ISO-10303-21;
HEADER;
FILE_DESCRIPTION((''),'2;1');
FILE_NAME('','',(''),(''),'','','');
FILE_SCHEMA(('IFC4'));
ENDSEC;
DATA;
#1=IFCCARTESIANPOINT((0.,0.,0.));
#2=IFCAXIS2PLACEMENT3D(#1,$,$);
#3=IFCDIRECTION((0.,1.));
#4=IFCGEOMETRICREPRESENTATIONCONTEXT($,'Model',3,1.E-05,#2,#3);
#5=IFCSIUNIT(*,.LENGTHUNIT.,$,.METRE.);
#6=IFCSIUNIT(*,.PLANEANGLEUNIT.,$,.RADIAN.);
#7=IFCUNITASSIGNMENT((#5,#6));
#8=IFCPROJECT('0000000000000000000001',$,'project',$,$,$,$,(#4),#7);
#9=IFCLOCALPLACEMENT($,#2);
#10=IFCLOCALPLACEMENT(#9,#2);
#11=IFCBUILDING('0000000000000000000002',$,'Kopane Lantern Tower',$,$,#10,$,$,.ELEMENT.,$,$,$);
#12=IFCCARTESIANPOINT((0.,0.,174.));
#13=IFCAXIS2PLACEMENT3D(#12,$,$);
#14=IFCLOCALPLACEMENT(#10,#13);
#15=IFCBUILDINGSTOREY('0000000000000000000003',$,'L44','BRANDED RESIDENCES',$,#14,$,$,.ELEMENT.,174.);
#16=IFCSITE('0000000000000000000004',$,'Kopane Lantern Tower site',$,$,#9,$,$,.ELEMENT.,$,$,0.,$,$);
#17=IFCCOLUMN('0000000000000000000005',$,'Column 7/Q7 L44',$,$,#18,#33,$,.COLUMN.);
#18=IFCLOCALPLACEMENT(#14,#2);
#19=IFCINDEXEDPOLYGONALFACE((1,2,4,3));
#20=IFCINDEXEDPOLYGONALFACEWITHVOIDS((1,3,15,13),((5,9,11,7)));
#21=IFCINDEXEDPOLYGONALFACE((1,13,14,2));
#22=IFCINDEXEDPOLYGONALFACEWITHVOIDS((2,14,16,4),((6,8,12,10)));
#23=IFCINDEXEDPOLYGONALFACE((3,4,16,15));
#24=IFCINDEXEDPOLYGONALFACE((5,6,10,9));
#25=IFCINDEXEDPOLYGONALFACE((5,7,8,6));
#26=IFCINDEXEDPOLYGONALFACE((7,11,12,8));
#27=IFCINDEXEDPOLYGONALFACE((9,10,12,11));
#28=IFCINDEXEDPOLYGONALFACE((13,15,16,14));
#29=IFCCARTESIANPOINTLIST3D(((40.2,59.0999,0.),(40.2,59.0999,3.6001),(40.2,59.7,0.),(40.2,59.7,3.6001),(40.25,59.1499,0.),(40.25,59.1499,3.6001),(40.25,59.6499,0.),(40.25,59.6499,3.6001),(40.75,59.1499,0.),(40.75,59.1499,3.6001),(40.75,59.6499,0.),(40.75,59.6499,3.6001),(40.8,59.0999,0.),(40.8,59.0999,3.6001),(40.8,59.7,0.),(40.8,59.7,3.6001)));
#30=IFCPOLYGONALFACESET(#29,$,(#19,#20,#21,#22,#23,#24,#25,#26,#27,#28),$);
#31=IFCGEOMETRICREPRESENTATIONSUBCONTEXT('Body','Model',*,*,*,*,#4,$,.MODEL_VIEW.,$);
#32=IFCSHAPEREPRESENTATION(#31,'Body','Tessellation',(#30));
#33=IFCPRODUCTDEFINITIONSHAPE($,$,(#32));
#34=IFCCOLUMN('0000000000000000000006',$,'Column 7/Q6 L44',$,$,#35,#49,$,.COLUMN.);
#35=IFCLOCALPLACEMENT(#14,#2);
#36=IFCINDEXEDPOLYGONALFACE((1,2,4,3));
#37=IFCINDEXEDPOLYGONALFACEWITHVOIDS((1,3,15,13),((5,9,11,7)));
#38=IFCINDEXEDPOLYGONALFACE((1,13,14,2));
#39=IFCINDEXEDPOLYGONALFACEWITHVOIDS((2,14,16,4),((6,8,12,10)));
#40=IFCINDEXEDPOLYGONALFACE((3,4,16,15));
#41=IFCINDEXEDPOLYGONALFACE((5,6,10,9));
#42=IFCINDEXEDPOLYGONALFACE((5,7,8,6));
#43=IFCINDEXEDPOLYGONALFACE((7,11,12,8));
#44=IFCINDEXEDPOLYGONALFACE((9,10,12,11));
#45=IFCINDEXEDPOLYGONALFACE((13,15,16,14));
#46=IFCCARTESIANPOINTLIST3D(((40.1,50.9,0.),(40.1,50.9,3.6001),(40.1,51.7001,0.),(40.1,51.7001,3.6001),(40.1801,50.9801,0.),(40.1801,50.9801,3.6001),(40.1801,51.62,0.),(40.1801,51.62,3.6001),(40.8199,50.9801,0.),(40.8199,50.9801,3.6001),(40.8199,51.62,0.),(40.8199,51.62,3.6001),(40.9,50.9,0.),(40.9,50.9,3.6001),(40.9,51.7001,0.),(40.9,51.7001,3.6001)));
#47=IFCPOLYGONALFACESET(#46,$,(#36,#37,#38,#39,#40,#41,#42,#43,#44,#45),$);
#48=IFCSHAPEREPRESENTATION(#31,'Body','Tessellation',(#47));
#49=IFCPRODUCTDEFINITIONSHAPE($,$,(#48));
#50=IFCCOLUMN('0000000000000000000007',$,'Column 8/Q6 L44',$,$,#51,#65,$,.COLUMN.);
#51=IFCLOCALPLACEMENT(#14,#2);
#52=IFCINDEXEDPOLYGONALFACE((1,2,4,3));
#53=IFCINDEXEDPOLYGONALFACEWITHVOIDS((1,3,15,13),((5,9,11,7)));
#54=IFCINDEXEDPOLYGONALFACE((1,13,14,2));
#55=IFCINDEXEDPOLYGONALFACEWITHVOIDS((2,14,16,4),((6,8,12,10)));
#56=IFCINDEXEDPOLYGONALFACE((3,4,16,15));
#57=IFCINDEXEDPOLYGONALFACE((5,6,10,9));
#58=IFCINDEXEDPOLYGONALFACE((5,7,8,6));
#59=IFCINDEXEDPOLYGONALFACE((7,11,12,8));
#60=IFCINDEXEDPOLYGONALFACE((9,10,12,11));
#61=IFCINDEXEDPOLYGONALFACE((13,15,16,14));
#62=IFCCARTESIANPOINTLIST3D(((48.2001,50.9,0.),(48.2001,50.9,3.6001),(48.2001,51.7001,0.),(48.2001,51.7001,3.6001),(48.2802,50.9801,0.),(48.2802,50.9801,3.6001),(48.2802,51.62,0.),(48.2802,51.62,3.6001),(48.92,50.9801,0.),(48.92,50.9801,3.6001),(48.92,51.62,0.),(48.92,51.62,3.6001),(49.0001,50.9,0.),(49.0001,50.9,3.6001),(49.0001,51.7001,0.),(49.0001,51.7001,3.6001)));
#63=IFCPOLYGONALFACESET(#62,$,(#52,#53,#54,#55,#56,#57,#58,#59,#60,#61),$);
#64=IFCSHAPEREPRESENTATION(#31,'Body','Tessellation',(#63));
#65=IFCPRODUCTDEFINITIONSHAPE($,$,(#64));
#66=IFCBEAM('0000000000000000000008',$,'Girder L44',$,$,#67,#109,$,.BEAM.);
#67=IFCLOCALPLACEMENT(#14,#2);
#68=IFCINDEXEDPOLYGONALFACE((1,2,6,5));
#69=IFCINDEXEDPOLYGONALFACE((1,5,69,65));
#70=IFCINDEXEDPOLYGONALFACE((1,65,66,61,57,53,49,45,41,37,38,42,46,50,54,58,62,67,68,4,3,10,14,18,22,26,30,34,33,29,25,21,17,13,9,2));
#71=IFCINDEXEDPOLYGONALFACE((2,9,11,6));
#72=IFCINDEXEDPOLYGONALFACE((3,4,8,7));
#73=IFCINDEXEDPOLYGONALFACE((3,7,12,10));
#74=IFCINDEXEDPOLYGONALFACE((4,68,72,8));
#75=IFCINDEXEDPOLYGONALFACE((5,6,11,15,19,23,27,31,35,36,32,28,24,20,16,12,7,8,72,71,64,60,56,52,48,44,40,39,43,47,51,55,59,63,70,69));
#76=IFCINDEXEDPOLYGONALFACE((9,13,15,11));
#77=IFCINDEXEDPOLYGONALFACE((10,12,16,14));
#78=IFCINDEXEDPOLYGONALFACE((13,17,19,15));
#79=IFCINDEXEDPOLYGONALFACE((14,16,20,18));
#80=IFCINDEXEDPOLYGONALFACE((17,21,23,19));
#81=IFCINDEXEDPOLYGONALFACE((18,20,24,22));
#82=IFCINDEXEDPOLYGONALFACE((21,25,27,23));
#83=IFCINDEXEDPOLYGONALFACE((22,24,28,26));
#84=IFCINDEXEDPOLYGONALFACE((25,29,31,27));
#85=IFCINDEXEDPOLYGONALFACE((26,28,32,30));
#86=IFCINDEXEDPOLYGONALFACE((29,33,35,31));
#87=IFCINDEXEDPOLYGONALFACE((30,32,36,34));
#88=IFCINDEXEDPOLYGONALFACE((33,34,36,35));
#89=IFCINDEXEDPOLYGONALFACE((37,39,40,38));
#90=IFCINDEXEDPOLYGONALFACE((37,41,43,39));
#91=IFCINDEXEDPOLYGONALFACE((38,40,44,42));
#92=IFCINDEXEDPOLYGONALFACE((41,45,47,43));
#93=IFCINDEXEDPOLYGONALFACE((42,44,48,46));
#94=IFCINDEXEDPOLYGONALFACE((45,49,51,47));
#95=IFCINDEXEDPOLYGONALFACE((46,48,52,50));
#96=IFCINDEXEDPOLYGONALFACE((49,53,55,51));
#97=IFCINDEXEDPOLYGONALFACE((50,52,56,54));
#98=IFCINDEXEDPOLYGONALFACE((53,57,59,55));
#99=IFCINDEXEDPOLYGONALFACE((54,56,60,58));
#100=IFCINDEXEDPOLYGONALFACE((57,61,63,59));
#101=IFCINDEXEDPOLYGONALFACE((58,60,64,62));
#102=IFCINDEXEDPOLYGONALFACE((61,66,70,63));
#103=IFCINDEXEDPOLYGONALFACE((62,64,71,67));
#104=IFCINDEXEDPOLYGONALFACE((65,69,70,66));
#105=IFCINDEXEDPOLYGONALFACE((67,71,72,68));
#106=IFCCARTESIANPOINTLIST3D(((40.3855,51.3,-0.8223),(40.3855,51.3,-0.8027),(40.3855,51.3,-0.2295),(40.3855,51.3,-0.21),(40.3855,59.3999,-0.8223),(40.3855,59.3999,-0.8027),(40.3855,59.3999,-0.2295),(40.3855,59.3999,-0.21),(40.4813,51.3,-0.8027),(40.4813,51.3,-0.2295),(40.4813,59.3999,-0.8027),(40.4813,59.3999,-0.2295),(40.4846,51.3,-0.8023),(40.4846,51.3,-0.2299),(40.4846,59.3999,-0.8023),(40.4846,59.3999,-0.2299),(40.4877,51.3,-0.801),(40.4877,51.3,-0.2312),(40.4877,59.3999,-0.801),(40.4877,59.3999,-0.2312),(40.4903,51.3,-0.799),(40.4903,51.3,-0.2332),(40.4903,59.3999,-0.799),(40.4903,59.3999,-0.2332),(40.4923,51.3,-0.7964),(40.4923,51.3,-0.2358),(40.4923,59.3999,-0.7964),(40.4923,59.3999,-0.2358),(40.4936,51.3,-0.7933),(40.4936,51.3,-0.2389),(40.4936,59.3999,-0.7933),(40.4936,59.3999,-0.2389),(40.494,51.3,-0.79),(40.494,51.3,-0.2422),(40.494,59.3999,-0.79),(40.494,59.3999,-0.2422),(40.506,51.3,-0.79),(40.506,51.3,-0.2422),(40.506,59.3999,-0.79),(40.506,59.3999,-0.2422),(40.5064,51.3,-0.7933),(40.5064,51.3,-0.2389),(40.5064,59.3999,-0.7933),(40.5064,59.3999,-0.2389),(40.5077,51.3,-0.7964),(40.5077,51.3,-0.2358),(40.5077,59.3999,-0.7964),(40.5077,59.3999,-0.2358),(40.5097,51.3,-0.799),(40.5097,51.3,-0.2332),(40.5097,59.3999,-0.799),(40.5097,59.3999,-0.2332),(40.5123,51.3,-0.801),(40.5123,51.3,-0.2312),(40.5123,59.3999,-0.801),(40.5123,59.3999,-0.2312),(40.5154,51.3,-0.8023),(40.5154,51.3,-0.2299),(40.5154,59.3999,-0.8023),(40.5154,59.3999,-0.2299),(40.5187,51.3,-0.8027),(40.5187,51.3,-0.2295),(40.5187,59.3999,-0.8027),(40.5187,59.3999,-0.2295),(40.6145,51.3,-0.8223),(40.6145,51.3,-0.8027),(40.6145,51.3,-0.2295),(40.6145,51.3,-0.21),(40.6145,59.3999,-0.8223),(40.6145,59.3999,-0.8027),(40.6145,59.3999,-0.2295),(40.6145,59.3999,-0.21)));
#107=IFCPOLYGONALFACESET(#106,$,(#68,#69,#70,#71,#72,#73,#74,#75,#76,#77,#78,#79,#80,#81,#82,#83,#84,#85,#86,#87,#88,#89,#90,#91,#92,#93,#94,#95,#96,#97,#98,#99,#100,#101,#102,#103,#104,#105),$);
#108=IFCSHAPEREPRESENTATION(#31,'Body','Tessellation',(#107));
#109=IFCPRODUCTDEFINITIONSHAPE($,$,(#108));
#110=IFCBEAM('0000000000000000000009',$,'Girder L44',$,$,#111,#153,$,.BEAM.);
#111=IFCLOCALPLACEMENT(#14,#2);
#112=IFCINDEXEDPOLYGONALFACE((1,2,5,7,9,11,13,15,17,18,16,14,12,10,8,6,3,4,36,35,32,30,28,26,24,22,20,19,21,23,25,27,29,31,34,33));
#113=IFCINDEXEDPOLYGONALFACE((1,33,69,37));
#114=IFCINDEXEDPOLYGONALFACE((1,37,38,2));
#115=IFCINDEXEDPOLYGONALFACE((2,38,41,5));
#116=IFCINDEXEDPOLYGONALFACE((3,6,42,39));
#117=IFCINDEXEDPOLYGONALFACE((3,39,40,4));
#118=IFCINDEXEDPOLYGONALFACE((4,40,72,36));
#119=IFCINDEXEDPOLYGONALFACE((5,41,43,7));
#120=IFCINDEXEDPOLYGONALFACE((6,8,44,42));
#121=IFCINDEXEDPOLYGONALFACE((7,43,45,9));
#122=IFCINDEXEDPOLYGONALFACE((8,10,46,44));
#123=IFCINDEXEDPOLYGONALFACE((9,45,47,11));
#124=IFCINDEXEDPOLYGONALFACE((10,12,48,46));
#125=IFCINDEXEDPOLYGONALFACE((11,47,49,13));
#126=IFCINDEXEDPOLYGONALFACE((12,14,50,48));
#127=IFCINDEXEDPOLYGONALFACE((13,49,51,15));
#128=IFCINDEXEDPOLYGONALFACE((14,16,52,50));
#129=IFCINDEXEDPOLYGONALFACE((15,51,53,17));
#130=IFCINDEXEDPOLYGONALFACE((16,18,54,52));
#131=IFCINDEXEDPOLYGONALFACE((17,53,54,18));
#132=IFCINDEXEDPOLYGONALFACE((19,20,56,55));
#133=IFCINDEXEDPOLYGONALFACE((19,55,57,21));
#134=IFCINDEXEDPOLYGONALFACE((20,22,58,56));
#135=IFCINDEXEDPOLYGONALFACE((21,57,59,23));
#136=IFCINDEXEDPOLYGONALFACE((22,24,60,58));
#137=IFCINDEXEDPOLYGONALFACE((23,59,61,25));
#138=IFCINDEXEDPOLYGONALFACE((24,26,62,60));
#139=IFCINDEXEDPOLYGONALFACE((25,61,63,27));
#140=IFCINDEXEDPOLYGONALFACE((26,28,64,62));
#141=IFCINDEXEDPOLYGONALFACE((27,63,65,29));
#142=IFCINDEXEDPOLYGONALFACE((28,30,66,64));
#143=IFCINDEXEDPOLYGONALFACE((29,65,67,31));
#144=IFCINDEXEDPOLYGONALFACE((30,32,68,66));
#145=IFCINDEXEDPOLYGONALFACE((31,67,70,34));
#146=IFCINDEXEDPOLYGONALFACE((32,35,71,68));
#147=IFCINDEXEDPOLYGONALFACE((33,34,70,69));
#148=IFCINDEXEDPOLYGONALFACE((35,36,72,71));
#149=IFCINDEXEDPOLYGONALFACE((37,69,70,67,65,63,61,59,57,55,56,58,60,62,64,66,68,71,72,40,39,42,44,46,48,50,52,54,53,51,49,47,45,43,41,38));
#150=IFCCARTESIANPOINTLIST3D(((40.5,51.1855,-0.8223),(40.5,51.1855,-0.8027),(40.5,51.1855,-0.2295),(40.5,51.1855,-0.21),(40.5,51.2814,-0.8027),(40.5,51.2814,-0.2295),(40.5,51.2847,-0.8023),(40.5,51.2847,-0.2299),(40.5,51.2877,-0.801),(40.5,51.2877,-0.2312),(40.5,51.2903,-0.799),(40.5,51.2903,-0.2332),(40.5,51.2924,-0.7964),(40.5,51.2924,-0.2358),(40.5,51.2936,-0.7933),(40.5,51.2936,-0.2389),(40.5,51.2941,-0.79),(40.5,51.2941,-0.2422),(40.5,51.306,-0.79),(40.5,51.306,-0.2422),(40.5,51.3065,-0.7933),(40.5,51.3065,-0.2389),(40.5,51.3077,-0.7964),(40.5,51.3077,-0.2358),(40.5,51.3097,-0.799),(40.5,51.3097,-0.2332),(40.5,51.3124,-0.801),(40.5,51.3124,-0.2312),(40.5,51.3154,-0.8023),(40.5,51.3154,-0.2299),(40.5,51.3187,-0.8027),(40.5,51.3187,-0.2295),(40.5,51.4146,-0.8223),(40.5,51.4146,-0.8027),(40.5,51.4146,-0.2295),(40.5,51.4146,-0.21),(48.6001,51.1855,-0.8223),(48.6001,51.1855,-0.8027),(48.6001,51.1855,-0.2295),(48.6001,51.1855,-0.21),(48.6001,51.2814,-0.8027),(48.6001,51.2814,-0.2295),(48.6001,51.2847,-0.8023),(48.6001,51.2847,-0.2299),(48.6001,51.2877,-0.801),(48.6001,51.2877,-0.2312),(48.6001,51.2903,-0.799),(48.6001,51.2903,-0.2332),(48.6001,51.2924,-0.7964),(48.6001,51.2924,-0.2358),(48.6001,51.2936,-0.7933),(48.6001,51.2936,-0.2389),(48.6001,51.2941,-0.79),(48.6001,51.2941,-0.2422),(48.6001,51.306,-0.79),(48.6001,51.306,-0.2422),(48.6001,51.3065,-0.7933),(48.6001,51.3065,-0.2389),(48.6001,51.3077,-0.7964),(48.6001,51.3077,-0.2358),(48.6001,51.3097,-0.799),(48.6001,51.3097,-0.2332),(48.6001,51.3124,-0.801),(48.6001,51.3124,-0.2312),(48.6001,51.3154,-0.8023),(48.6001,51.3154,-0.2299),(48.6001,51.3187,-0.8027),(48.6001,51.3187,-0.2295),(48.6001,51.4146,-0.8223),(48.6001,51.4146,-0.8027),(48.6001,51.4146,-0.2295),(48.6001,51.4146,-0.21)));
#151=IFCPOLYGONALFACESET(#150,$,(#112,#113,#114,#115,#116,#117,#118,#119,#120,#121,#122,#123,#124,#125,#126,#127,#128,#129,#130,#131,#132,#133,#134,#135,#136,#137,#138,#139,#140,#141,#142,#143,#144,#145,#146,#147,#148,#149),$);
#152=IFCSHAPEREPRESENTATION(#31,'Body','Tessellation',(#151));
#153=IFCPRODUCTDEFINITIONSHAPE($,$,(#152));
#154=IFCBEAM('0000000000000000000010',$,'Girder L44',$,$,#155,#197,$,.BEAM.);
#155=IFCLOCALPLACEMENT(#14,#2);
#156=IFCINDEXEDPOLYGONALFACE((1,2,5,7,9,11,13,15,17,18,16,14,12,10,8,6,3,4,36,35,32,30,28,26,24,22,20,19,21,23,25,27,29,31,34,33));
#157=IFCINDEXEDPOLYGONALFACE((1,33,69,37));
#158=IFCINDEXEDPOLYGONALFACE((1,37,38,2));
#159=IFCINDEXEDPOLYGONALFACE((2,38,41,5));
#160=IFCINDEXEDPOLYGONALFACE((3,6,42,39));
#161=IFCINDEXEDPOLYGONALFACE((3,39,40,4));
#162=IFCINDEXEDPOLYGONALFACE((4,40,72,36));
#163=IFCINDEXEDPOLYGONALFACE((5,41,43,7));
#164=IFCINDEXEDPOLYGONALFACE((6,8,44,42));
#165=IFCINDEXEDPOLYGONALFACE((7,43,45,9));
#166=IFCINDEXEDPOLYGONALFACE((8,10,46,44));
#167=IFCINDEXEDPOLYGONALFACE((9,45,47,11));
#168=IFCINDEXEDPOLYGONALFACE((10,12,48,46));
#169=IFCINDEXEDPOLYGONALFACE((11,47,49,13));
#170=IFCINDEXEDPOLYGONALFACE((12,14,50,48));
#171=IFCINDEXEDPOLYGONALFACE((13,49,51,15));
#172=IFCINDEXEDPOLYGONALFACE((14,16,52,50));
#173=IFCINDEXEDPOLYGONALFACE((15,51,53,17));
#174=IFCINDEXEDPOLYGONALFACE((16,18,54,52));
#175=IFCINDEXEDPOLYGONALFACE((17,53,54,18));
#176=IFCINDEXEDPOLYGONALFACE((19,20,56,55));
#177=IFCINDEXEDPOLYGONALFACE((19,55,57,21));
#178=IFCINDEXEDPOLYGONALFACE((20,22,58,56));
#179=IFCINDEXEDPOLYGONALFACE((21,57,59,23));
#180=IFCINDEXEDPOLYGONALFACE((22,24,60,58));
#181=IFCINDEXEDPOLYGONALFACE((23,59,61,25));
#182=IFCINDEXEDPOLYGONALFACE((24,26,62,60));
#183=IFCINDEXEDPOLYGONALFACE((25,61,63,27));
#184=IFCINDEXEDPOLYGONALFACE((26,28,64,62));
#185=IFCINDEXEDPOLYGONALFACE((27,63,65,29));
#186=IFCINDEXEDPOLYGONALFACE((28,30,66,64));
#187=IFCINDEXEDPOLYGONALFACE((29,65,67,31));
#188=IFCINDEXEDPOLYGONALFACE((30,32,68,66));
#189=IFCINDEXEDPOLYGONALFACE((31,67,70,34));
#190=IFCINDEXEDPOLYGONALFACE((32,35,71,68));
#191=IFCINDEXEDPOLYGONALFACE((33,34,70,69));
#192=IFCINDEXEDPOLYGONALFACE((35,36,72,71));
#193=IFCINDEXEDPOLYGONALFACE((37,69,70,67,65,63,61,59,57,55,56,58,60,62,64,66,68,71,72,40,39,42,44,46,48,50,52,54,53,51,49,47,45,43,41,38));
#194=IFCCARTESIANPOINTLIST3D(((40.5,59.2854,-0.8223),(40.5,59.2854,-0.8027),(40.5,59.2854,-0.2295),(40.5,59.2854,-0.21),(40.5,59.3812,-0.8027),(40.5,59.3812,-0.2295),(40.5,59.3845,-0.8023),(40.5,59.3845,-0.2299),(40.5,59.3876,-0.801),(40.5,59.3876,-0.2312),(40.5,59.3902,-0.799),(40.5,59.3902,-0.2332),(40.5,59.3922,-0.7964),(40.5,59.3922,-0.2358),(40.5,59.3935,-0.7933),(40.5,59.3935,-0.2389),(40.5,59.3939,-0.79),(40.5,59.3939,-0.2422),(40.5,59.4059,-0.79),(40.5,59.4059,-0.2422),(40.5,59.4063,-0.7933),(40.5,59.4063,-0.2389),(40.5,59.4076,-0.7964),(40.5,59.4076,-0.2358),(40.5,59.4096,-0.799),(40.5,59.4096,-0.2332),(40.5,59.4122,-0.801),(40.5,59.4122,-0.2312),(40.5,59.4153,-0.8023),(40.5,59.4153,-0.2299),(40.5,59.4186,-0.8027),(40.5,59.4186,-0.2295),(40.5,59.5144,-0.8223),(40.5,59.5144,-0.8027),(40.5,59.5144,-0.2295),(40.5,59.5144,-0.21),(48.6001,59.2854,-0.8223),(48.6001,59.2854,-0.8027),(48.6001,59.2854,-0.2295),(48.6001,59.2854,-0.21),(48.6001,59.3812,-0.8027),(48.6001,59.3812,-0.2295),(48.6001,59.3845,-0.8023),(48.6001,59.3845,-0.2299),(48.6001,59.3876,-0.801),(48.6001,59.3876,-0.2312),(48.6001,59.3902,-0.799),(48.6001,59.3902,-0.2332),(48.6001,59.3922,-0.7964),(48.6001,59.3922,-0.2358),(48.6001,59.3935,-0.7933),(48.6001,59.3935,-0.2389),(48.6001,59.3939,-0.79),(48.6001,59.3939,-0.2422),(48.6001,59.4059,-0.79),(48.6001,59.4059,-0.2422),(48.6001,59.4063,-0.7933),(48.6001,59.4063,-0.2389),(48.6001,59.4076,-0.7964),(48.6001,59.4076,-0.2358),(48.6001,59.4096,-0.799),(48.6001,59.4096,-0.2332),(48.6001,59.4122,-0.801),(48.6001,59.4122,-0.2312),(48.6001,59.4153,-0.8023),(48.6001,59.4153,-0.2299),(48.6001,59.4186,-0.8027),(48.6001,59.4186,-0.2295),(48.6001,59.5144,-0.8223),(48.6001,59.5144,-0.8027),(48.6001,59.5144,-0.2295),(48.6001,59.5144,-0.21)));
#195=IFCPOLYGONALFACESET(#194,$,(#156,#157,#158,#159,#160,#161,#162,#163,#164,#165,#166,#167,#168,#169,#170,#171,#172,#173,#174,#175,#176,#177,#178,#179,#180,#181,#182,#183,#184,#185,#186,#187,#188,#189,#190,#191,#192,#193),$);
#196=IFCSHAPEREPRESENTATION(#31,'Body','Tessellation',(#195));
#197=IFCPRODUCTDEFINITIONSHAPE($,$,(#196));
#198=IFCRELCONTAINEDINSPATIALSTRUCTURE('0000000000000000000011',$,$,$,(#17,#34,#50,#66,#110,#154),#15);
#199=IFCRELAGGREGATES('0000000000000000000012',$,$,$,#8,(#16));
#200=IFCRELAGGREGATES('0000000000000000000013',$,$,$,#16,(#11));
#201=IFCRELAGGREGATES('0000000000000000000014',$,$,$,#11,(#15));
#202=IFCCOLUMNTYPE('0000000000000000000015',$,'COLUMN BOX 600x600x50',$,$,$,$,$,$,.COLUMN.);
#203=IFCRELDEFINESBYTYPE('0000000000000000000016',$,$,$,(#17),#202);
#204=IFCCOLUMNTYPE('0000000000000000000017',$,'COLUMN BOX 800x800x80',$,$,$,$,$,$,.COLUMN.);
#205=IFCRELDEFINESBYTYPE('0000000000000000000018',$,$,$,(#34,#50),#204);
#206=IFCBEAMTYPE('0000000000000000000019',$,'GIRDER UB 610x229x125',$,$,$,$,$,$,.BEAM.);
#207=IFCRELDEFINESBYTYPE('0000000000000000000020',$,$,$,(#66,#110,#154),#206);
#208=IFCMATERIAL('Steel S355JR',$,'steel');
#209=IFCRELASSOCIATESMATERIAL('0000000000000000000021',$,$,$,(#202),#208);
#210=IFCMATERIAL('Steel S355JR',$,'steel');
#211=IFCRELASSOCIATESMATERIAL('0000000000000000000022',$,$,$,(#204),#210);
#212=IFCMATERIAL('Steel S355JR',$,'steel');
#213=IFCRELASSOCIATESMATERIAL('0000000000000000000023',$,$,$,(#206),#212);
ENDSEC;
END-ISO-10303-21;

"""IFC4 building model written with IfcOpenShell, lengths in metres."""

from ifc_helpers import new_model, si_unit, direction, frame, origin, origin_2d, place, context, subcontext, project, spatial, hollow_rectangle, i_section, extrude, material, material_profile, profile_set, type_object, element, save


model = new_model("IFC4")

# Units and contexts
model_context = context("Model", 3, precision=1e-05, world=origin(), true_north=direction((0.0, 1.0)))
body_context = subcontext(model_context, "Body", "Model", "MODEL_VIEW")
ifc_project = project(units=[si_unit("LENGTHUNIT", "METRE"), si_unit("PLANEANGLEUNIT", "RADIAN")], contexts=[model_context])

# Site, building, storey
site_placement = place(None, origin())
site = spatial("IfcSite", under=ifc_project, at=site_placement, Name="Kopane Lantern Tower site", CompositionType="ELEMENT", RefElevation=0.0)
building_placement = place(site_placement, origin())
building = spatial("IfcBuilding", under=site, at=building_placement, Name="Kopane Lantern Tower", CompositionType="ELEMENT")
storey_placement = place(building_placement, frame((0.0, 0.0, 174.0)))
storey = spatial("IfcBuildingStorey", under=building, at=storey_placement, Name="L44", Description="BRANDED RESIDENCES", CompositionType="ELEMENT", Elevation=174.0)

# Columns
ifc_material_1 = material(Name="Steel S355JR", Category="steel")
ifc_material_profile_1 = material_profile(ifc_material_1, hollow_rectangle(XDim=0.6001, YDim=0.6001, WallThickness=0.05, at=origin_2d()), Name="BOX 600x600x50")
ifc_profile_set_1 = profile_set([ifc_material_profile_1], Name="Steel S355JR")
column_type_1 = type_object("IfcColumnType", Name="COLUMN BOX 600x600x50", PredefinedType="COLUMN", material=ifc_profile_set_1)
column_placement = place(storey_placement, frame((40.5, 59.3999, 0.0), z_axis=(0.0, 0.0, 1.0), x_axis=(1.0, 0.0, 0.0)))
element("IfcColumn", 1, at=column_placement, inside=storey, type_object=column_type_1, Name="Column 7/Q7 L44", PredefinedType="COLUMN", context=body_context, shape_type="SweptSolid", body=[
    extrude(hollow_rectangle(XDim=0.6001, YDim=0.6001, WallThickness=0.05, at=origin_2d()), origin(), (0.0, 0.0, 1.0), 3.6001),
])
ifc_material_2 = material(Name="Steel S355JR", Category="steel")
ifc_material_profile_2 = material_profile(ifc_material_2, hollow_rectangle(XDim=0.8, YDim=0.8, WallThickness=0.0801, at=origin_2d()), Name="BOX 800x800x80")
ifc_profile_set_2 = profile_set([ifc_material_profile_2], Name="Steel S355JR")
column_type_2 = type_object("IfcColumnType", Name="COLUMN BOX 800x800x80", PredefinedType="COLUMN", material=ifc_profile_set_2)
for number, where, z_axis, x_axis, name in (
    (2, (40.5, 51.3, 0.0), (0.0, 0.0, 1.0), (1.0, 0.0, 0.0), "Column 7/Q6 L44"),
    (3, (48.6001, 51.3, 0.0), (0.0, 0.0, 1.0), (1.0, 0.0, 0.0), "Column 8/Q6 L44"),
):
    element("IfcColumn", number, at=place(storey_placement, frame(where, z_axis=z_axis, x_axis=x_axis)), inside=storey, type_object=column_type_2, Name=name, PredefinedType="COLUMN", context=body_context, shape_type="SweptSolid", body=[
        extrude(hollow_rectangle(XDim=0.8, YDim=0.8, WallThickness=0.0801, at=origin_2d()), origin(), (0.0, 0.0, 1.0), 3.6001),
    ])

# Beams
ifc_material_3 = material(Name="Steel S355JR", Category="steel")
ifc_material_profile_3 = material_profile(ifc_material_3, i_section(OverallWidth=0.229, OverallDepth=0.6123, WebThickness=0.012, FlangeThickness=0.0195, FilletRadius=0.0127, at=origin_2d()), Name="UB 610x229x125")
ifc_profile_set_3 = profile_set([ifc_material_profile_3], Name="Steel S355JR")
beam_type = type_object("IfcBeamType", Name="GIRDER UB 610x229x125", PredefinedType="BEAM", material=ifc_profile_set_3)
beam_placement = place(storey_placement, frame((40.5, 51.3, -0.5161), z_axis=(0.0, 1.0, 0.0), x_axis=(-1.0, 0.0, 0.0)))
element("IfcBeam", 4, at=beam_placement, inside=storey, type_object=beam_type, Name="Girder L44", PredefinedType="BEAM", context=body_context, shape_type="SweptSolid", body=[
    extrude(i_section(OverallWidth=0.229, OverallDepth=0.6123, WebThickness=0.012, FlangeThickness=0.0195, FilletRadius=0.0127, at=origin_2d()), origin(), (0.0, 0.0, 1.0), 8.0999),
])
for number, where, z_axis, x_axis, name in (
    (5, (40.5, 51.3, -0.5161), (1.0, 0.0, 0.0), (0.0, 1.0, 0.0), "Girder L44"),
    (6, (40.5, 59.3999, -0.5161), (1.0, 0.0, 0.0), (0.0, 1.0, 0.0), "Girder L44"),
):
    element("IfcBeam", number, at=place(storey_placement, frame(where, z_axis=z_axis, x_axis=x_axis)), inside=storey, type_object=beam_type, Name=name, PredefinedType="BEAM", context=body_context, shape_type="SweptSolid", body=[
        extrude(i_section(OverallWidth=0.229, OverallDepth=0.6123, WebThickness=0.012, FlangeThickness=0.0195, FilletRadius=0.0127, at=origin_2d()), origin(), (0.0, 0.0, 1.0), 8.1001),
    ])

save(model, "model.ifc")
